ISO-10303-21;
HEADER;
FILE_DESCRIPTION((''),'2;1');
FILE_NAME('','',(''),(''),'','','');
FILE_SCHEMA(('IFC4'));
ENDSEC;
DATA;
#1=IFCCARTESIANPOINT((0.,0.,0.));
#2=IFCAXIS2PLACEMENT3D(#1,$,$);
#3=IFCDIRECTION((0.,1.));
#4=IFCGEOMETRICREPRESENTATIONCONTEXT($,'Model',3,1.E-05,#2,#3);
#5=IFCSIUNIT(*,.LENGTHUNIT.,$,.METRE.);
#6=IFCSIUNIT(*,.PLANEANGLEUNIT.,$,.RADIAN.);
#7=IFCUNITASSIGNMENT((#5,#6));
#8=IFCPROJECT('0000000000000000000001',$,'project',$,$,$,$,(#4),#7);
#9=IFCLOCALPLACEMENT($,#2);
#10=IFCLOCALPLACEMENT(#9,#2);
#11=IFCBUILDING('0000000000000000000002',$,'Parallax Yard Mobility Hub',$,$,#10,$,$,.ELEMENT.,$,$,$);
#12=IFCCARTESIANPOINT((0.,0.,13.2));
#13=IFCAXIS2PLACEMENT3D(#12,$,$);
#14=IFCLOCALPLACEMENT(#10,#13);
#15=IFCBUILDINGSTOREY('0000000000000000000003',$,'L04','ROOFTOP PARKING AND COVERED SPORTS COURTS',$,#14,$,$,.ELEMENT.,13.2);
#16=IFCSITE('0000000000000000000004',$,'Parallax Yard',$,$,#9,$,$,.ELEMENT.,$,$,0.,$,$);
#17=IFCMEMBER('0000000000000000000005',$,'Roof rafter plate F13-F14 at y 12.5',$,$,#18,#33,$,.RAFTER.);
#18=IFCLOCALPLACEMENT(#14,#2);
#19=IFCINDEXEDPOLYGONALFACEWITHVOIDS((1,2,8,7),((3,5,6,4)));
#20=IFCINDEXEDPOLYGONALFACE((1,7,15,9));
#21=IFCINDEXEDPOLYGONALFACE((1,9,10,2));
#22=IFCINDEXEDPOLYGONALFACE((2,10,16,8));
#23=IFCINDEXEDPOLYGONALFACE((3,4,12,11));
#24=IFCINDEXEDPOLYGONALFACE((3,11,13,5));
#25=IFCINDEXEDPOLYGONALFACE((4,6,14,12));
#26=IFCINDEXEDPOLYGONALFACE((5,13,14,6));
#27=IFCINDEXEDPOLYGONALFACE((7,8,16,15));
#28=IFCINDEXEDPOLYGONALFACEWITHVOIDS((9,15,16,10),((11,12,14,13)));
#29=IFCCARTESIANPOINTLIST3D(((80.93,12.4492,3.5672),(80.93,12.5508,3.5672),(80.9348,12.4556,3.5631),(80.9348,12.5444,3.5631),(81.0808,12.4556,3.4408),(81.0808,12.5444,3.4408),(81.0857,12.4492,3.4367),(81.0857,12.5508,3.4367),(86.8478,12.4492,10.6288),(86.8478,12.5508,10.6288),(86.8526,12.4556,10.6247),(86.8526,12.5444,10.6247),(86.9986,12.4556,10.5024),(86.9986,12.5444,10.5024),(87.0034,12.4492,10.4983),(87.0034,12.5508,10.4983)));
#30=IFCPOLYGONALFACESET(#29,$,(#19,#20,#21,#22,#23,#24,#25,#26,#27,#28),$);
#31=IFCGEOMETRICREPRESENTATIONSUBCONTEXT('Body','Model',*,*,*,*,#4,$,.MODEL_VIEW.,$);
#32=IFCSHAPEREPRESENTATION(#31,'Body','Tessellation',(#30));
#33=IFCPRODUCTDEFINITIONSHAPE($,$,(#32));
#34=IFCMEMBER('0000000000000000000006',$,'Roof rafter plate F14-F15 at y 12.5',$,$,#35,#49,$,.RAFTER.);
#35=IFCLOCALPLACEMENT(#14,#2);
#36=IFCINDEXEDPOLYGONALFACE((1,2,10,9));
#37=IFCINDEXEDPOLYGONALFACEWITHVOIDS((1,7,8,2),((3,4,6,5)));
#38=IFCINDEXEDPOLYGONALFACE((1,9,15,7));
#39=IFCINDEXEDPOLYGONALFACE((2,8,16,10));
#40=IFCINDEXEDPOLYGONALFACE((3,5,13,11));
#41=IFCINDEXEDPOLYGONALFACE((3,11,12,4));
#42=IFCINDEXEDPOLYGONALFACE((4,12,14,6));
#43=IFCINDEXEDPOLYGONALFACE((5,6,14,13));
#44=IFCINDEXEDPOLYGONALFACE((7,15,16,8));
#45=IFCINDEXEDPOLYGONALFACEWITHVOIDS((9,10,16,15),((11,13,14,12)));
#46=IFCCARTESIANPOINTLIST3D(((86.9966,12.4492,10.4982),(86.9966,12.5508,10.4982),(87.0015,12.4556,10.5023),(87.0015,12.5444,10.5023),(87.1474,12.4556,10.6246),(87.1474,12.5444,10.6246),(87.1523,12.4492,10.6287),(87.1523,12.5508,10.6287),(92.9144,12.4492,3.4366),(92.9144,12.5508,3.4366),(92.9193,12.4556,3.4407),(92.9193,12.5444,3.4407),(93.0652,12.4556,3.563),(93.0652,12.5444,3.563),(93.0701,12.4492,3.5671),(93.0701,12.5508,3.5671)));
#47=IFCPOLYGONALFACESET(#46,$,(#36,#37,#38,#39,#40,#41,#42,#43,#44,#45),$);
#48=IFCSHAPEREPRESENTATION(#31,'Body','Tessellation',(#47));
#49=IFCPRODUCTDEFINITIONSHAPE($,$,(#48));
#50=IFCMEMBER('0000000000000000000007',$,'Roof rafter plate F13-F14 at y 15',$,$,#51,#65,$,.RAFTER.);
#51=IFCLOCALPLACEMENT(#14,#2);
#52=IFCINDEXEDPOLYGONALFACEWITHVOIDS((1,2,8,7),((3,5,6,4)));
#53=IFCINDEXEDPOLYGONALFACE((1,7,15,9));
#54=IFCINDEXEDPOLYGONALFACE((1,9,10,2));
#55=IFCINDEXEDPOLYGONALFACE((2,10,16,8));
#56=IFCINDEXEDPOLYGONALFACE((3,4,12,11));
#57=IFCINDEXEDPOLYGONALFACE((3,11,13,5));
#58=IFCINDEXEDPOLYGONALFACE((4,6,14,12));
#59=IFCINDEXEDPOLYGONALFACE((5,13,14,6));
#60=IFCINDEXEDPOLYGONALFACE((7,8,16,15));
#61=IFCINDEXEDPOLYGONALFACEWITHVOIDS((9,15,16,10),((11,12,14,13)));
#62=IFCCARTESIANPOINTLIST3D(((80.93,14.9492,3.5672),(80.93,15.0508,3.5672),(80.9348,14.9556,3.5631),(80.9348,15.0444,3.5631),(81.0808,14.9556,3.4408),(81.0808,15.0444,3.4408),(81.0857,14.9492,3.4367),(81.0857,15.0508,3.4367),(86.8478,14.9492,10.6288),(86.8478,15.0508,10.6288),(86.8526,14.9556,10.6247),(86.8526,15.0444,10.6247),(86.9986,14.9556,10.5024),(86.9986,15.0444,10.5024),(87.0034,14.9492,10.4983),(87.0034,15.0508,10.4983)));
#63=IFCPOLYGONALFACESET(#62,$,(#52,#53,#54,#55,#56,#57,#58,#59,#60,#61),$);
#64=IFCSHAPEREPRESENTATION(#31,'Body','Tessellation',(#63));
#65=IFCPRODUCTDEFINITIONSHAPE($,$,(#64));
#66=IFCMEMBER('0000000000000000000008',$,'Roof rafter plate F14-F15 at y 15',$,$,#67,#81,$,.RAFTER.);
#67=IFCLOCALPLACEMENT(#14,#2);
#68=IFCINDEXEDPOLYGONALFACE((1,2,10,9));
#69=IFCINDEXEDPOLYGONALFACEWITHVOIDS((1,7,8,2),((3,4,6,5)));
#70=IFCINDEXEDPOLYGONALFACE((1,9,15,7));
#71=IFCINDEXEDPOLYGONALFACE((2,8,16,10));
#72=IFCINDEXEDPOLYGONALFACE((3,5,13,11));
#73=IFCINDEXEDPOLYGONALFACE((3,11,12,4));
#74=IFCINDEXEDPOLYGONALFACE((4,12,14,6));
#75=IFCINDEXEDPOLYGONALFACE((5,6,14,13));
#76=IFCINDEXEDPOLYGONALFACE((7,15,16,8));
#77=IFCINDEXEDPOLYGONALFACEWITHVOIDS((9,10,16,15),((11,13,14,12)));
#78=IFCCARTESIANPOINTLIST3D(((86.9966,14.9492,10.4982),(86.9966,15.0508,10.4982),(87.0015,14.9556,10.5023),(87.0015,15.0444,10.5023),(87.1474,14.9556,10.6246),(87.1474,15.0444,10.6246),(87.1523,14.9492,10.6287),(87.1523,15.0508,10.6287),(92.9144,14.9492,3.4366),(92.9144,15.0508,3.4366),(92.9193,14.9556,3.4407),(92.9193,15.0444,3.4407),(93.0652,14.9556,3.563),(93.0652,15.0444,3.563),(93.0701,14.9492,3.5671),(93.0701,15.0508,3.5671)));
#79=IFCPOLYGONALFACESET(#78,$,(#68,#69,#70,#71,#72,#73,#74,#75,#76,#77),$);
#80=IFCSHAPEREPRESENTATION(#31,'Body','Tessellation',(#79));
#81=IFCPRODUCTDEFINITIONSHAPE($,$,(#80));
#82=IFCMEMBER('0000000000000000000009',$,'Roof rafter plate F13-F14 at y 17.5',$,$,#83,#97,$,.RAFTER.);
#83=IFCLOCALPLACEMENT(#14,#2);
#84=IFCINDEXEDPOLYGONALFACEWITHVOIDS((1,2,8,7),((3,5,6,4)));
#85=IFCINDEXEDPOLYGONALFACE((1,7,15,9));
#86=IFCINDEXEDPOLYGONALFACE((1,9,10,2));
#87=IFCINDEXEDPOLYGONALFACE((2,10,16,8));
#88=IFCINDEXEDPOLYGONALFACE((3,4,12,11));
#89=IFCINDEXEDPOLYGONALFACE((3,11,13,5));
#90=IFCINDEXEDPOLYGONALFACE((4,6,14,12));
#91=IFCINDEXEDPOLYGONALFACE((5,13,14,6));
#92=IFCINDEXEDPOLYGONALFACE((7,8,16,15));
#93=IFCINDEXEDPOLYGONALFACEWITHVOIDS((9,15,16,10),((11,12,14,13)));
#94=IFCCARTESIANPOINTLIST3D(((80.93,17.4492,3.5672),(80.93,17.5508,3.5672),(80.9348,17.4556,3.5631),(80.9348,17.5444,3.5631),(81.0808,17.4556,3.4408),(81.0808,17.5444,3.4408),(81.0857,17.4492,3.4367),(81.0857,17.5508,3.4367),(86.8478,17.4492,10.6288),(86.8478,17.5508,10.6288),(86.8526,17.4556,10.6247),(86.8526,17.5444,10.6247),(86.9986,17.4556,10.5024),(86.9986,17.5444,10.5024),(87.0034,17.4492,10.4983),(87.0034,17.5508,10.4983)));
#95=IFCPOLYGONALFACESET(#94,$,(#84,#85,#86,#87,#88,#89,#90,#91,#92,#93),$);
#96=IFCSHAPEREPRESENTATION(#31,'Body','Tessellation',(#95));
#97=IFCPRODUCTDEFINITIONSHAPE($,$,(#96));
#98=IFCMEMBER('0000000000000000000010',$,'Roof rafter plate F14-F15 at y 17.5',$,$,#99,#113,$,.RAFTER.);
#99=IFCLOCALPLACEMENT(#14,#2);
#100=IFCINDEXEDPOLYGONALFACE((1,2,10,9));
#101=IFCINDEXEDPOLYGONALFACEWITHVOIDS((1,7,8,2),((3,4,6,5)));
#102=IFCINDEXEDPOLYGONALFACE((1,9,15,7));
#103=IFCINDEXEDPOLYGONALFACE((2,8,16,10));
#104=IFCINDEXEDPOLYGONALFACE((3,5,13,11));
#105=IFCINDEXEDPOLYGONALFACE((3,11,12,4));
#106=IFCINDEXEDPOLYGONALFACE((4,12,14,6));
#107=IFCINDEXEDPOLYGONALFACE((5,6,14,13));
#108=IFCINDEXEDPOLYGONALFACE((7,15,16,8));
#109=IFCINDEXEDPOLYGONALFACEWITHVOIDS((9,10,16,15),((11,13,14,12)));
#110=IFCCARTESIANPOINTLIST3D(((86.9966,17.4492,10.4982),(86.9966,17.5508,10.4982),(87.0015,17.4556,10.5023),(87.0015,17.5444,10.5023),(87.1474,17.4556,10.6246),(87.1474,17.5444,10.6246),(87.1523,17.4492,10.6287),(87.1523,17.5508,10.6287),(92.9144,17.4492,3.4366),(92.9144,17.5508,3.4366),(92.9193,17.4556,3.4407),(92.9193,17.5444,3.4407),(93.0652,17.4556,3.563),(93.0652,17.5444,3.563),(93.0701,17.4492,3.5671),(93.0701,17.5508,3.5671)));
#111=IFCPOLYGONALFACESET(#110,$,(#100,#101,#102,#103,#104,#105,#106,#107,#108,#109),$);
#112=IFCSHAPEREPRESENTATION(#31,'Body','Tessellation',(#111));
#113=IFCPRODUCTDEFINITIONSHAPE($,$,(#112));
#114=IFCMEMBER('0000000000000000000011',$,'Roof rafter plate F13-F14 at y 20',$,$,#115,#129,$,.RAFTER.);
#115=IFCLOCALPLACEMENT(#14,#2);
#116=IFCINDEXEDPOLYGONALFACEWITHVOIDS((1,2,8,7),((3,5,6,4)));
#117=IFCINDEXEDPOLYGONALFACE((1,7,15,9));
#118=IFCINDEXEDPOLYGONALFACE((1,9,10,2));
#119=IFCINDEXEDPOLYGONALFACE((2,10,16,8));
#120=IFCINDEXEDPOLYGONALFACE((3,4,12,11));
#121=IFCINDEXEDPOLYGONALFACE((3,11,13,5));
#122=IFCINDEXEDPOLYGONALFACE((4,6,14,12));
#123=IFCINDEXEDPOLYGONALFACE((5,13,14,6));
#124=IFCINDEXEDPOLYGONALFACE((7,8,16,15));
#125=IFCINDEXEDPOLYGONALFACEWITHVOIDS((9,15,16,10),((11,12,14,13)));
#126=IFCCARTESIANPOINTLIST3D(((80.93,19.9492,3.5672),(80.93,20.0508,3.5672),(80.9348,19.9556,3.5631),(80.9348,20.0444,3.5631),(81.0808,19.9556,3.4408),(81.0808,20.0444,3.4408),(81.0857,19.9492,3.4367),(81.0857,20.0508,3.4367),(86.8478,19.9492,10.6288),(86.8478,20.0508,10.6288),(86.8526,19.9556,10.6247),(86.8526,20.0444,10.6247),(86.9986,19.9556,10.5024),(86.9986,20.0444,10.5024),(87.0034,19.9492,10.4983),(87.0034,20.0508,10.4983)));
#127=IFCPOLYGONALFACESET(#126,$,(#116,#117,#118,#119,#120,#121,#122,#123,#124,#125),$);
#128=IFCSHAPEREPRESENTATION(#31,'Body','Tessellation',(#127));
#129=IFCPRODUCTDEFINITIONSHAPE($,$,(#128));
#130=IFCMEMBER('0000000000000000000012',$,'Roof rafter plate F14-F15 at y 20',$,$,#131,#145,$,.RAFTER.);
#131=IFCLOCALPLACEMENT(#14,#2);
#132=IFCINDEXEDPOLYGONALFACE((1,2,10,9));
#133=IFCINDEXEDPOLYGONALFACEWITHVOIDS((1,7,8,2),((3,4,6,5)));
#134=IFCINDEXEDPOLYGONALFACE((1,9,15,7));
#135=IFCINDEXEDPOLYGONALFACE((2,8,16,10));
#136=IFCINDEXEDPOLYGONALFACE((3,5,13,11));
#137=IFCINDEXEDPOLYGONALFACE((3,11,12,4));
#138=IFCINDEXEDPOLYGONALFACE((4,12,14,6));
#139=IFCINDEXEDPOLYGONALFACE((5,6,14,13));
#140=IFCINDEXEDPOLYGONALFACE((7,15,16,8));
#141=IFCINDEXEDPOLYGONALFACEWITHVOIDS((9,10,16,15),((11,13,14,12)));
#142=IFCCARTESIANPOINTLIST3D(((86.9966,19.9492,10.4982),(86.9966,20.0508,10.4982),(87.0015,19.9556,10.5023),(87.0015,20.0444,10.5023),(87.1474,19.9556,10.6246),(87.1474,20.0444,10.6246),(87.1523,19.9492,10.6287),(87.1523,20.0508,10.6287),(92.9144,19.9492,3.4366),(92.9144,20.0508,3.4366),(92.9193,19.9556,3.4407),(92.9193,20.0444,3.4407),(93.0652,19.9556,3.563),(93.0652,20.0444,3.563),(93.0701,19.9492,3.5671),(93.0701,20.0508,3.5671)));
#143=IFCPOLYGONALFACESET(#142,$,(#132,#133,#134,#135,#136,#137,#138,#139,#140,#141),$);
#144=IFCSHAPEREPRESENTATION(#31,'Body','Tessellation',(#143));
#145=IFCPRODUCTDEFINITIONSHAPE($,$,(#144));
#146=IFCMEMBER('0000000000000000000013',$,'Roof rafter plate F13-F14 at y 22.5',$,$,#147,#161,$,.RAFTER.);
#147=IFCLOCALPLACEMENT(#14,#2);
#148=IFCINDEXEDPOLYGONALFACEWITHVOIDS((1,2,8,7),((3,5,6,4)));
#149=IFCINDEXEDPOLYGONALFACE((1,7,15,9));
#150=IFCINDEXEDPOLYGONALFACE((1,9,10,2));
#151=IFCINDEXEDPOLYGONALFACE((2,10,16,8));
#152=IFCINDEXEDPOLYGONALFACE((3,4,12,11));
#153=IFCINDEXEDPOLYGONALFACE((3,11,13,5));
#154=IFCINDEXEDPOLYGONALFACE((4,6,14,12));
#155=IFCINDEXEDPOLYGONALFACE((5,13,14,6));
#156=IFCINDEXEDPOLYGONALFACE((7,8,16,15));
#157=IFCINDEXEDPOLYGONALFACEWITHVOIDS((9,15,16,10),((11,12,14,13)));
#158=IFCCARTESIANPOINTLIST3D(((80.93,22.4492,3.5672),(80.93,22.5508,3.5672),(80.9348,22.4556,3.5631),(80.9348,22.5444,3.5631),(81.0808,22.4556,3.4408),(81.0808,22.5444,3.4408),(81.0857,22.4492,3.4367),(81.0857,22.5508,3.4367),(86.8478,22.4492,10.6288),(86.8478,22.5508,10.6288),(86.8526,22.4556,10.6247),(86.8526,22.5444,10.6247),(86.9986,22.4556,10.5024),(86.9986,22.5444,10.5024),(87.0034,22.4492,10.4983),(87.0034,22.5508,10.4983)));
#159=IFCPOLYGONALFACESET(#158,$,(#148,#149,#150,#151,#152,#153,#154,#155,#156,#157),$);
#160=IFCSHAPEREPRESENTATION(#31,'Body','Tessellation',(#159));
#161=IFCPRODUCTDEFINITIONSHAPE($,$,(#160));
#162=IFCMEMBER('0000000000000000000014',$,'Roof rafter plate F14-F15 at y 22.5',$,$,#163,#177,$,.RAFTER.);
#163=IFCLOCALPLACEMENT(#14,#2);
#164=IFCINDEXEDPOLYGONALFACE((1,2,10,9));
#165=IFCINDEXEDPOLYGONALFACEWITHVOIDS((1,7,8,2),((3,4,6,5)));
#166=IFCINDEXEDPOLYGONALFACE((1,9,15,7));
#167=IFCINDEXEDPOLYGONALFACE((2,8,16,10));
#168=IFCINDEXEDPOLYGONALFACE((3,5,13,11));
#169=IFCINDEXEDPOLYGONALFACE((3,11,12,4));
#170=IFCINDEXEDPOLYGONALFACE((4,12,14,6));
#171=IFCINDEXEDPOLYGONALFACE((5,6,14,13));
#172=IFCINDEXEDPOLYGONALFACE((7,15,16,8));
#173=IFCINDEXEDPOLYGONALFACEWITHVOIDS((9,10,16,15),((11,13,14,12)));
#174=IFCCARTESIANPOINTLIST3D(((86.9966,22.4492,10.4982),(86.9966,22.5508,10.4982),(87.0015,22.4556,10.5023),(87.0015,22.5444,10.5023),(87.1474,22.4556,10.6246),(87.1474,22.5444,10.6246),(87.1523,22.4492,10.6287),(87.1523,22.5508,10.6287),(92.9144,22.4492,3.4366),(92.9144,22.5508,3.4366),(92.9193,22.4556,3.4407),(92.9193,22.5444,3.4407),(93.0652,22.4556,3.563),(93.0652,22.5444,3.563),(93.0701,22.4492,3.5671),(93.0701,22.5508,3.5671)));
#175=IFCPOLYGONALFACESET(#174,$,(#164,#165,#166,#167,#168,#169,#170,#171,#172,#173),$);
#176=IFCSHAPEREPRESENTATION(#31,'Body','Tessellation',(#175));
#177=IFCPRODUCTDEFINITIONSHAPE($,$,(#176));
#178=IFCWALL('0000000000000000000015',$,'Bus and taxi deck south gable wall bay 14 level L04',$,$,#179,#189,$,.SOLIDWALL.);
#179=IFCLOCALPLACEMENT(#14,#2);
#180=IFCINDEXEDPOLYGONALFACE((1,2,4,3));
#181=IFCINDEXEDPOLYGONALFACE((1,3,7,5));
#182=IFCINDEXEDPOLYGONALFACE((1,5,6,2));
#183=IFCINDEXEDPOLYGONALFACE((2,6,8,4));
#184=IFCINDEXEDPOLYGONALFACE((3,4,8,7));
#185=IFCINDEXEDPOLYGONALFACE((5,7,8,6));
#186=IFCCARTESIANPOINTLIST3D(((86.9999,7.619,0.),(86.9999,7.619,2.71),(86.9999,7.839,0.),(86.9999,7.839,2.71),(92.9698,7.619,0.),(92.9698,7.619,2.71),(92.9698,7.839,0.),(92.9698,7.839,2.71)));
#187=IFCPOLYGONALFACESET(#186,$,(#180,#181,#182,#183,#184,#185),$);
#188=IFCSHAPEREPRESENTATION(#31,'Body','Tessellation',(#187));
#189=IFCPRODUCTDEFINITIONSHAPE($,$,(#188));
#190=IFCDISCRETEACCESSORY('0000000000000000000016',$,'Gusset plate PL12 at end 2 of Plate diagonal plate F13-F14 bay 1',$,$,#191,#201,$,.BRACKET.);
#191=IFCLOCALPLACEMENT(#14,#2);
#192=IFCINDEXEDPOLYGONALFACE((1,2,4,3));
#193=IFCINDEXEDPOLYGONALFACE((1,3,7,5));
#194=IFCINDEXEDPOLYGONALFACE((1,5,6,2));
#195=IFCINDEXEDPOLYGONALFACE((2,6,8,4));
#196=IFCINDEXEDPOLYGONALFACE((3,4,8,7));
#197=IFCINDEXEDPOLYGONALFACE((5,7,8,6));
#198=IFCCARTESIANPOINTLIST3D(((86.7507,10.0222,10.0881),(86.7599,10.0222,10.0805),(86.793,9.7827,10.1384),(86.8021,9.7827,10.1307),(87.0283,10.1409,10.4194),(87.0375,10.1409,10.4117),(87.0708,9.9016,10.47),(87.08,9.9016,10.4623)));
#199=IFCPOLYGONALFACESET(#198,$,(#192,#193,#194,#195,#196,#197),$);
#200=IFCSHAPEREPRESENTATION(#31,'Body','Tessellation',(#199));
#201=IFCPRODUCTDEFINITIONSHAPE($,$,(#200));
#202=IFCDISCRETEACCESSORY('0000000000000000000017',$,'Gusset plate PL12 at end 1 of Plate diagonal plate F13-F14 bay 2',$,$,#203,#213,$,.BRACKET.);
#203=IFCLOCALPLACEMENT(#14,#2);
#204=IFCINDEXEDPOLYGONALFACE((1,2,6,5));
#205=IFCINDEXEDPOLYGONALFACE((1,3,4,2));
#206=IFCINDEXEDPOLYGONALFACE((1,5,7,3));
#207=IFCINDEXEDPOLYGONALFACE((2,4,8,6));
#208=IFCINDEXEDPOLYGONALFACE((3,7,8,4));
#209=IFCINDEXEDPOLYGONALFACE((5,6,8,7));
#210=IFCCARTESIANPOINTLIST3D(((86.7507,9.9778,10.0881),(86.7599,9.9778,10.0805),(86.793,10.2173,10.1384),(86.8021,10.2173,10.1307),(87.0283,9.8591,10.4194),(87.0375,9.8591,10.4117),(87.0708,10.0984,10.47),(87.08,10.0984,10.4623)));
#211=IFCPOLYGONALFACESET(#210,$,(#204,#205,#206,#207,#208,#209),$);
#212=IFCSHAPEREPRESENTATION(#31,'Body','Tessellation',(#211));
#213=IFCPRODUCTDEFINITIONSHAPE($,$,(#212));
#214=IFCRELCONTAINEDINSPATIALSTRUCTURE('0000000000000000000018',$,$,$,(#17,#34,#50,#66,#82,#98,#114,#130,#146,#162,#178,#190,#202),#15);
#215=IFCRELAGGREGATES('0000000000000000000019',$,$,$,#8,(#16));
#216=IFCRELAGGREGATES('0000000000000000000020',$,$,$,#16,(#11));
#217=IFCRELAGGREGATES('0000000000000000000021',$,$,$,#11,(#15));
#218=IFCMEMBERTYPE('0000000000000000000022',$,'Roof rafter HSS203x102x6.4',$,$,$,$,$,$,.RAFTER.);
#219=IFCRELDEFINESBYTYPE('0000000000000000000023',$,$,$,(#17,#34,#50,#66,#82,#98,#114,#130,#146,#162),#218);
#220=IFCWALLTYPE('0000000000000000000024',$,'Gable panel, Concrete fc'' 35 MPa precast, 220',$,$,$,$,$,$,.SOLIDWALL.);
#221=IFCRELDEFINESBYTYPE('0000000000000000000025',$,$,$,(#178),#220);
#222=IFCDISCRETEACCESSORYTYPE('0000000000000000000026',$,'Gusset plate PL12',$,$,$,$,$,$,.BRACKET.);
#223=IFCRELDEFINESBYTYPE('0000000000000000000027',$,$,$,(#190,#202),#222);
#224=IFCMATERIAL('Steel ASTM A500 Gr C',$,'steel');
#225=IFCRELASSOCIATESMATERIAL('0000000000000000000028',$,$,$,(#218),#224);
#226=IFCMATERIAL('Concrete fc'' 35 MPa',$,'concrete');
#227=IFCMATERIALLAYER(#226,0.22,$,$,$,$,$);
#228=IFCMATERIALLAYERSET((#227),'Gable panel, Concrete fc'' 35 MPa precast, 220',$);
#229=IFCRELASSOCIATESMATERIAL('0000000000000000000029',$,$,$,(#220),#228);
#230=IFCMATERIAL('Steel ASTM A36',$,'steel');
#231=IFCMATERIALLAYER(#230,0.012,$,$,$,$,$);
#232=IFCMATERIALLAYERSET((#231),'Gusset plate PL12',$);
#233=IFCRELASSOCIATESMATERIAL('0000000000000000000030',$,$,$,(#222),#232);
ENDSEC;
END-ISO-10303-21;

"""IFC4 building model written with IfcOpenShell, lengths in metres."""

from ifc_helpers import new_model, si_unit, direction, frame, frame_2d, origin, origin_2d, place, context, subcontext, project, spatial, polyline, rectangle, hollow_rectangle, outline, extrude, material, layer, layer_set, material_profile, profile_set, type_object, element, save


model = new_model("IFC4")

# Units and contexts
model_context = context("Model", 3, precision=1e-05, world=origin(), true_north=direction((0.0, 1.0)))
body_context = subcontext(model_context, "Body", "Model", "MODEL_VIEW")
ifc_project = project(units=[si_unit("LENGTHUNIT", "METRE"), si_unit("PLANEANGLEUNIT", "RADIAN")], contexts=[model_context])

# Site, building, storey
site_placement = place(None, origin())
site = spatial("IfcSite", under=ifc_project, at=site_placement, Name="Parallax Yard", CompositionType="ELEMENT", RefElevation=0.0)
building_placement = place(site_placement, origin())
building = spatial("IfcBuilding", under=site, at=building_placement, Name="Parallax Yard Mobility Hub", CompositionType="ELEMENT")
storey_placement = place(building_placement, frame((0.0, 0.0, 13.2)))
storey = spatial("IfcBuildingStorey", under=building, at=storey_placement, Name="L04", Description="ROOFTOP PARKING AND COVERED SPORTS COURTS", CompositionType="ELEMENT", Elevation=13.2)

# Members
ifc_material_1 = material(Name="Steel ASTM A500 Gr C", Category="steel")
ifc_material_profile_1 = material_profile(ifc_material_1, hollow_rectangle(XDim=0.1016, YDim=0.2031, WallThickness=0.0063, at=origin_2d()), Name="HSS203x102x6.4")
ifc_profile_set_1 = profile_set([ifc_material_profile_1], Name="Steel ASTM A500 Gr C")
member_type_1 = type_object("IfcMemberType", Name="Roof rafter HSS203x102x6.4", PredefinedType="RAFTER", material=ifc_profile_set_1)
for number, where, z_axis, x_axis, name in (
    (1, (81.0078, 12.5, 3.502), (0.642304, 0.0, 0.76645), (0.0, 1.0, 0.0), "Roof rafter plate F13-F14 at y 12.5"),
    (2, (87.0745, 12.5, 10.5635), (0.642304, 0.0, -0.76645), (0.0, 1.0, 0.0), "Roof rafter plate F14-F15 at y 12.5"),
    (3, (81.0078, 15.0, 3.502), (0.642304, 0.0, 0.76645), (0.0, 1.0, 0.0), "Roof rafter plate F13-F14 at y 15"),
    (4, (87.0745, 15.0, 10.5635), (0.642304, 0.0, -0.76645), (0.0, 1.0, 0.0), "Roof rafter plate F14-F15 at y 15"),
    (5, (81.0078, 17.5, 3.502), (0.642304, 0.0, 0.76645), (0.0, 1.0, 0.0), "Roof rafter plate F13-F14 at y 17.5"),
    (6, (87.0745, 17.5, 10.5635), (0.642304, 0.0, -0.76645), (0.0, 1.0, 0.0), "Roof rafter plate F14-F15 at y 17.5"),
    (7, (81.0078, 20.0, 3.502), (0.642304, 0.0, 0.76645), (0.0, 1.0, 0.0), "Roof rafter plate F13-F14 at y 20"),
    (8, (87.0745, 20.0, 10.5635), (0.642304, 0.0, -0.76645), (0.0, 1.0, 0.0), "Roof rafter plate F14-F15 at y 20"),
    (9, (81.0078, 22.5, 3.502), (0.642304, 0.0, 0.76645), (0.0, 1.0, 0.0), "Roof rafter plate F13-F14 at y 22.5"),
    (10, (87.0745, 22.5, 10.5635), (0.642304, 0.0, -0.76645), (0.0, 1.0, 0.0), "Roof rafter plate F14-F15 at y 22.5"),
):
    element("IfcMember", number, at=place(storey_placement, frame(where, z_axis=z_axis, x_axis=x_axis)), inside=storey, type_object=member_type_1, Name=name, PredefinedType="RAFTER", context=body_context, shape_type="SweptSolid", body=[
        extrude(hollow_rectangle(XDim=0.1016, YDim=0.2031, WallThickness=0.0063, at=origin_2d()), origin(), (0.0, 0.0, 1.0), 9.2134),
    ])

# Wall
ifc_material_2 = material(Name="Concrete fc' 35 MPa", Category="concrete")
ifc_layer_1 = layer(ifc_material_2, 0.22)
ifc_layer_set_1 = layer_set([ifc_layer_1], Name="Gable panel, Concrete fc' 35 MPa precast, 220")
wall_type = type_object("IfcWallType", Name="Gable panel, Concrete fc' 35 MPa precast, 220", PredefinedType="SOLIDWALL", material=ifc_layer_set_1)
wall_placement = place(storey_placement, frame((87.0, 7.729, 0.0), z_axis=(0.0, 0.0, 1.0), x_axis=(1.0, 0.0, 0.0)))
element("IfcWall", 11, at=wall_placement, inside=storey, type_object=wall_type, Name="Bus and taxi deck south gable wall bay 14 level L04", PredefinedType="SOLIDWALL", context=body_context, shape_type="SweptSolid", body=[
    extrude(rectangle(XDim=5.97, YDim=0.22, at=frame_2d((2.9849, 0.0))), origin(), (0.0, 0.0, 1.0), 2.71),
])

# Discrete accessories
ifc_material_3 = material(Name="Steel ASTM A36", Category="steel")
ifc_layer_2 = layer(ifc_material_3, 0.012)
ifc_layer_set_2 = layer_set([ifc_layer_2], Name="Gusset plate PL12")
discrete_accessory_type = type_object("IfcDiscreteAccessoryType", Name="Gusset plate PL12", PredefinedType="BRACKET", material=ifc_layer_set_2)
discrete_accessory_1_placement = place(storey_placement, frame((86.793, 9.7827, 10.1384), z_axis=(-0.766423, -0.000339, 0.642336), x_axis=(0.619296, 0.265035, 0.739073)))
element("IfcDiscreteAccessory", 12, at=discrete_accessory_1_placement, inside=storey, type_object=discrete_accessory_type, Name="Gusset plate PL12 at end 2 of Plate diagonal plate F13-F14 bay 1", PredefinedType="BRACKET", context=body_context, shape_type="SweptSolid", body=[
    extrude(outline(polyline([(0.0, 0.0), (0.4486, 0.0), (0.4484, 0.2482), (0.0001, 0.2483), (0.0, 0.0)])), origin(), (0.0, 0.0, -1.0), 0.012),
])
discrete_accessory_2_placement = place(storey_placement, frame((86.7507, 9.9778, 10.0881), z_axis=(-0.766423, 0.000339, 0.642336), x_axis=(0.619351, -0.264725, 0.739138)))
element("IfcDiscreteAccessory", 13, at=discrete_accessory_2_placement, inside=storey, type_object=discrete_accessory_type, Name="Gusset plate PL12 at end 1 of Plate diagonal plate F13-F14 bay 2", PredefinedType="BRACKET", context=body_context, shape_type="SweptSolid", body=[
    extrude(outline(polyline([(0.0, 0.0), (0.4482, 0.0), (0.4485, 0.2482), (-0.0001, 0.2483), (0.0, 0.0)])), origin(), (0.0, 0.0, -1.0), 0.012),
])

save(model, "model.ifc")
